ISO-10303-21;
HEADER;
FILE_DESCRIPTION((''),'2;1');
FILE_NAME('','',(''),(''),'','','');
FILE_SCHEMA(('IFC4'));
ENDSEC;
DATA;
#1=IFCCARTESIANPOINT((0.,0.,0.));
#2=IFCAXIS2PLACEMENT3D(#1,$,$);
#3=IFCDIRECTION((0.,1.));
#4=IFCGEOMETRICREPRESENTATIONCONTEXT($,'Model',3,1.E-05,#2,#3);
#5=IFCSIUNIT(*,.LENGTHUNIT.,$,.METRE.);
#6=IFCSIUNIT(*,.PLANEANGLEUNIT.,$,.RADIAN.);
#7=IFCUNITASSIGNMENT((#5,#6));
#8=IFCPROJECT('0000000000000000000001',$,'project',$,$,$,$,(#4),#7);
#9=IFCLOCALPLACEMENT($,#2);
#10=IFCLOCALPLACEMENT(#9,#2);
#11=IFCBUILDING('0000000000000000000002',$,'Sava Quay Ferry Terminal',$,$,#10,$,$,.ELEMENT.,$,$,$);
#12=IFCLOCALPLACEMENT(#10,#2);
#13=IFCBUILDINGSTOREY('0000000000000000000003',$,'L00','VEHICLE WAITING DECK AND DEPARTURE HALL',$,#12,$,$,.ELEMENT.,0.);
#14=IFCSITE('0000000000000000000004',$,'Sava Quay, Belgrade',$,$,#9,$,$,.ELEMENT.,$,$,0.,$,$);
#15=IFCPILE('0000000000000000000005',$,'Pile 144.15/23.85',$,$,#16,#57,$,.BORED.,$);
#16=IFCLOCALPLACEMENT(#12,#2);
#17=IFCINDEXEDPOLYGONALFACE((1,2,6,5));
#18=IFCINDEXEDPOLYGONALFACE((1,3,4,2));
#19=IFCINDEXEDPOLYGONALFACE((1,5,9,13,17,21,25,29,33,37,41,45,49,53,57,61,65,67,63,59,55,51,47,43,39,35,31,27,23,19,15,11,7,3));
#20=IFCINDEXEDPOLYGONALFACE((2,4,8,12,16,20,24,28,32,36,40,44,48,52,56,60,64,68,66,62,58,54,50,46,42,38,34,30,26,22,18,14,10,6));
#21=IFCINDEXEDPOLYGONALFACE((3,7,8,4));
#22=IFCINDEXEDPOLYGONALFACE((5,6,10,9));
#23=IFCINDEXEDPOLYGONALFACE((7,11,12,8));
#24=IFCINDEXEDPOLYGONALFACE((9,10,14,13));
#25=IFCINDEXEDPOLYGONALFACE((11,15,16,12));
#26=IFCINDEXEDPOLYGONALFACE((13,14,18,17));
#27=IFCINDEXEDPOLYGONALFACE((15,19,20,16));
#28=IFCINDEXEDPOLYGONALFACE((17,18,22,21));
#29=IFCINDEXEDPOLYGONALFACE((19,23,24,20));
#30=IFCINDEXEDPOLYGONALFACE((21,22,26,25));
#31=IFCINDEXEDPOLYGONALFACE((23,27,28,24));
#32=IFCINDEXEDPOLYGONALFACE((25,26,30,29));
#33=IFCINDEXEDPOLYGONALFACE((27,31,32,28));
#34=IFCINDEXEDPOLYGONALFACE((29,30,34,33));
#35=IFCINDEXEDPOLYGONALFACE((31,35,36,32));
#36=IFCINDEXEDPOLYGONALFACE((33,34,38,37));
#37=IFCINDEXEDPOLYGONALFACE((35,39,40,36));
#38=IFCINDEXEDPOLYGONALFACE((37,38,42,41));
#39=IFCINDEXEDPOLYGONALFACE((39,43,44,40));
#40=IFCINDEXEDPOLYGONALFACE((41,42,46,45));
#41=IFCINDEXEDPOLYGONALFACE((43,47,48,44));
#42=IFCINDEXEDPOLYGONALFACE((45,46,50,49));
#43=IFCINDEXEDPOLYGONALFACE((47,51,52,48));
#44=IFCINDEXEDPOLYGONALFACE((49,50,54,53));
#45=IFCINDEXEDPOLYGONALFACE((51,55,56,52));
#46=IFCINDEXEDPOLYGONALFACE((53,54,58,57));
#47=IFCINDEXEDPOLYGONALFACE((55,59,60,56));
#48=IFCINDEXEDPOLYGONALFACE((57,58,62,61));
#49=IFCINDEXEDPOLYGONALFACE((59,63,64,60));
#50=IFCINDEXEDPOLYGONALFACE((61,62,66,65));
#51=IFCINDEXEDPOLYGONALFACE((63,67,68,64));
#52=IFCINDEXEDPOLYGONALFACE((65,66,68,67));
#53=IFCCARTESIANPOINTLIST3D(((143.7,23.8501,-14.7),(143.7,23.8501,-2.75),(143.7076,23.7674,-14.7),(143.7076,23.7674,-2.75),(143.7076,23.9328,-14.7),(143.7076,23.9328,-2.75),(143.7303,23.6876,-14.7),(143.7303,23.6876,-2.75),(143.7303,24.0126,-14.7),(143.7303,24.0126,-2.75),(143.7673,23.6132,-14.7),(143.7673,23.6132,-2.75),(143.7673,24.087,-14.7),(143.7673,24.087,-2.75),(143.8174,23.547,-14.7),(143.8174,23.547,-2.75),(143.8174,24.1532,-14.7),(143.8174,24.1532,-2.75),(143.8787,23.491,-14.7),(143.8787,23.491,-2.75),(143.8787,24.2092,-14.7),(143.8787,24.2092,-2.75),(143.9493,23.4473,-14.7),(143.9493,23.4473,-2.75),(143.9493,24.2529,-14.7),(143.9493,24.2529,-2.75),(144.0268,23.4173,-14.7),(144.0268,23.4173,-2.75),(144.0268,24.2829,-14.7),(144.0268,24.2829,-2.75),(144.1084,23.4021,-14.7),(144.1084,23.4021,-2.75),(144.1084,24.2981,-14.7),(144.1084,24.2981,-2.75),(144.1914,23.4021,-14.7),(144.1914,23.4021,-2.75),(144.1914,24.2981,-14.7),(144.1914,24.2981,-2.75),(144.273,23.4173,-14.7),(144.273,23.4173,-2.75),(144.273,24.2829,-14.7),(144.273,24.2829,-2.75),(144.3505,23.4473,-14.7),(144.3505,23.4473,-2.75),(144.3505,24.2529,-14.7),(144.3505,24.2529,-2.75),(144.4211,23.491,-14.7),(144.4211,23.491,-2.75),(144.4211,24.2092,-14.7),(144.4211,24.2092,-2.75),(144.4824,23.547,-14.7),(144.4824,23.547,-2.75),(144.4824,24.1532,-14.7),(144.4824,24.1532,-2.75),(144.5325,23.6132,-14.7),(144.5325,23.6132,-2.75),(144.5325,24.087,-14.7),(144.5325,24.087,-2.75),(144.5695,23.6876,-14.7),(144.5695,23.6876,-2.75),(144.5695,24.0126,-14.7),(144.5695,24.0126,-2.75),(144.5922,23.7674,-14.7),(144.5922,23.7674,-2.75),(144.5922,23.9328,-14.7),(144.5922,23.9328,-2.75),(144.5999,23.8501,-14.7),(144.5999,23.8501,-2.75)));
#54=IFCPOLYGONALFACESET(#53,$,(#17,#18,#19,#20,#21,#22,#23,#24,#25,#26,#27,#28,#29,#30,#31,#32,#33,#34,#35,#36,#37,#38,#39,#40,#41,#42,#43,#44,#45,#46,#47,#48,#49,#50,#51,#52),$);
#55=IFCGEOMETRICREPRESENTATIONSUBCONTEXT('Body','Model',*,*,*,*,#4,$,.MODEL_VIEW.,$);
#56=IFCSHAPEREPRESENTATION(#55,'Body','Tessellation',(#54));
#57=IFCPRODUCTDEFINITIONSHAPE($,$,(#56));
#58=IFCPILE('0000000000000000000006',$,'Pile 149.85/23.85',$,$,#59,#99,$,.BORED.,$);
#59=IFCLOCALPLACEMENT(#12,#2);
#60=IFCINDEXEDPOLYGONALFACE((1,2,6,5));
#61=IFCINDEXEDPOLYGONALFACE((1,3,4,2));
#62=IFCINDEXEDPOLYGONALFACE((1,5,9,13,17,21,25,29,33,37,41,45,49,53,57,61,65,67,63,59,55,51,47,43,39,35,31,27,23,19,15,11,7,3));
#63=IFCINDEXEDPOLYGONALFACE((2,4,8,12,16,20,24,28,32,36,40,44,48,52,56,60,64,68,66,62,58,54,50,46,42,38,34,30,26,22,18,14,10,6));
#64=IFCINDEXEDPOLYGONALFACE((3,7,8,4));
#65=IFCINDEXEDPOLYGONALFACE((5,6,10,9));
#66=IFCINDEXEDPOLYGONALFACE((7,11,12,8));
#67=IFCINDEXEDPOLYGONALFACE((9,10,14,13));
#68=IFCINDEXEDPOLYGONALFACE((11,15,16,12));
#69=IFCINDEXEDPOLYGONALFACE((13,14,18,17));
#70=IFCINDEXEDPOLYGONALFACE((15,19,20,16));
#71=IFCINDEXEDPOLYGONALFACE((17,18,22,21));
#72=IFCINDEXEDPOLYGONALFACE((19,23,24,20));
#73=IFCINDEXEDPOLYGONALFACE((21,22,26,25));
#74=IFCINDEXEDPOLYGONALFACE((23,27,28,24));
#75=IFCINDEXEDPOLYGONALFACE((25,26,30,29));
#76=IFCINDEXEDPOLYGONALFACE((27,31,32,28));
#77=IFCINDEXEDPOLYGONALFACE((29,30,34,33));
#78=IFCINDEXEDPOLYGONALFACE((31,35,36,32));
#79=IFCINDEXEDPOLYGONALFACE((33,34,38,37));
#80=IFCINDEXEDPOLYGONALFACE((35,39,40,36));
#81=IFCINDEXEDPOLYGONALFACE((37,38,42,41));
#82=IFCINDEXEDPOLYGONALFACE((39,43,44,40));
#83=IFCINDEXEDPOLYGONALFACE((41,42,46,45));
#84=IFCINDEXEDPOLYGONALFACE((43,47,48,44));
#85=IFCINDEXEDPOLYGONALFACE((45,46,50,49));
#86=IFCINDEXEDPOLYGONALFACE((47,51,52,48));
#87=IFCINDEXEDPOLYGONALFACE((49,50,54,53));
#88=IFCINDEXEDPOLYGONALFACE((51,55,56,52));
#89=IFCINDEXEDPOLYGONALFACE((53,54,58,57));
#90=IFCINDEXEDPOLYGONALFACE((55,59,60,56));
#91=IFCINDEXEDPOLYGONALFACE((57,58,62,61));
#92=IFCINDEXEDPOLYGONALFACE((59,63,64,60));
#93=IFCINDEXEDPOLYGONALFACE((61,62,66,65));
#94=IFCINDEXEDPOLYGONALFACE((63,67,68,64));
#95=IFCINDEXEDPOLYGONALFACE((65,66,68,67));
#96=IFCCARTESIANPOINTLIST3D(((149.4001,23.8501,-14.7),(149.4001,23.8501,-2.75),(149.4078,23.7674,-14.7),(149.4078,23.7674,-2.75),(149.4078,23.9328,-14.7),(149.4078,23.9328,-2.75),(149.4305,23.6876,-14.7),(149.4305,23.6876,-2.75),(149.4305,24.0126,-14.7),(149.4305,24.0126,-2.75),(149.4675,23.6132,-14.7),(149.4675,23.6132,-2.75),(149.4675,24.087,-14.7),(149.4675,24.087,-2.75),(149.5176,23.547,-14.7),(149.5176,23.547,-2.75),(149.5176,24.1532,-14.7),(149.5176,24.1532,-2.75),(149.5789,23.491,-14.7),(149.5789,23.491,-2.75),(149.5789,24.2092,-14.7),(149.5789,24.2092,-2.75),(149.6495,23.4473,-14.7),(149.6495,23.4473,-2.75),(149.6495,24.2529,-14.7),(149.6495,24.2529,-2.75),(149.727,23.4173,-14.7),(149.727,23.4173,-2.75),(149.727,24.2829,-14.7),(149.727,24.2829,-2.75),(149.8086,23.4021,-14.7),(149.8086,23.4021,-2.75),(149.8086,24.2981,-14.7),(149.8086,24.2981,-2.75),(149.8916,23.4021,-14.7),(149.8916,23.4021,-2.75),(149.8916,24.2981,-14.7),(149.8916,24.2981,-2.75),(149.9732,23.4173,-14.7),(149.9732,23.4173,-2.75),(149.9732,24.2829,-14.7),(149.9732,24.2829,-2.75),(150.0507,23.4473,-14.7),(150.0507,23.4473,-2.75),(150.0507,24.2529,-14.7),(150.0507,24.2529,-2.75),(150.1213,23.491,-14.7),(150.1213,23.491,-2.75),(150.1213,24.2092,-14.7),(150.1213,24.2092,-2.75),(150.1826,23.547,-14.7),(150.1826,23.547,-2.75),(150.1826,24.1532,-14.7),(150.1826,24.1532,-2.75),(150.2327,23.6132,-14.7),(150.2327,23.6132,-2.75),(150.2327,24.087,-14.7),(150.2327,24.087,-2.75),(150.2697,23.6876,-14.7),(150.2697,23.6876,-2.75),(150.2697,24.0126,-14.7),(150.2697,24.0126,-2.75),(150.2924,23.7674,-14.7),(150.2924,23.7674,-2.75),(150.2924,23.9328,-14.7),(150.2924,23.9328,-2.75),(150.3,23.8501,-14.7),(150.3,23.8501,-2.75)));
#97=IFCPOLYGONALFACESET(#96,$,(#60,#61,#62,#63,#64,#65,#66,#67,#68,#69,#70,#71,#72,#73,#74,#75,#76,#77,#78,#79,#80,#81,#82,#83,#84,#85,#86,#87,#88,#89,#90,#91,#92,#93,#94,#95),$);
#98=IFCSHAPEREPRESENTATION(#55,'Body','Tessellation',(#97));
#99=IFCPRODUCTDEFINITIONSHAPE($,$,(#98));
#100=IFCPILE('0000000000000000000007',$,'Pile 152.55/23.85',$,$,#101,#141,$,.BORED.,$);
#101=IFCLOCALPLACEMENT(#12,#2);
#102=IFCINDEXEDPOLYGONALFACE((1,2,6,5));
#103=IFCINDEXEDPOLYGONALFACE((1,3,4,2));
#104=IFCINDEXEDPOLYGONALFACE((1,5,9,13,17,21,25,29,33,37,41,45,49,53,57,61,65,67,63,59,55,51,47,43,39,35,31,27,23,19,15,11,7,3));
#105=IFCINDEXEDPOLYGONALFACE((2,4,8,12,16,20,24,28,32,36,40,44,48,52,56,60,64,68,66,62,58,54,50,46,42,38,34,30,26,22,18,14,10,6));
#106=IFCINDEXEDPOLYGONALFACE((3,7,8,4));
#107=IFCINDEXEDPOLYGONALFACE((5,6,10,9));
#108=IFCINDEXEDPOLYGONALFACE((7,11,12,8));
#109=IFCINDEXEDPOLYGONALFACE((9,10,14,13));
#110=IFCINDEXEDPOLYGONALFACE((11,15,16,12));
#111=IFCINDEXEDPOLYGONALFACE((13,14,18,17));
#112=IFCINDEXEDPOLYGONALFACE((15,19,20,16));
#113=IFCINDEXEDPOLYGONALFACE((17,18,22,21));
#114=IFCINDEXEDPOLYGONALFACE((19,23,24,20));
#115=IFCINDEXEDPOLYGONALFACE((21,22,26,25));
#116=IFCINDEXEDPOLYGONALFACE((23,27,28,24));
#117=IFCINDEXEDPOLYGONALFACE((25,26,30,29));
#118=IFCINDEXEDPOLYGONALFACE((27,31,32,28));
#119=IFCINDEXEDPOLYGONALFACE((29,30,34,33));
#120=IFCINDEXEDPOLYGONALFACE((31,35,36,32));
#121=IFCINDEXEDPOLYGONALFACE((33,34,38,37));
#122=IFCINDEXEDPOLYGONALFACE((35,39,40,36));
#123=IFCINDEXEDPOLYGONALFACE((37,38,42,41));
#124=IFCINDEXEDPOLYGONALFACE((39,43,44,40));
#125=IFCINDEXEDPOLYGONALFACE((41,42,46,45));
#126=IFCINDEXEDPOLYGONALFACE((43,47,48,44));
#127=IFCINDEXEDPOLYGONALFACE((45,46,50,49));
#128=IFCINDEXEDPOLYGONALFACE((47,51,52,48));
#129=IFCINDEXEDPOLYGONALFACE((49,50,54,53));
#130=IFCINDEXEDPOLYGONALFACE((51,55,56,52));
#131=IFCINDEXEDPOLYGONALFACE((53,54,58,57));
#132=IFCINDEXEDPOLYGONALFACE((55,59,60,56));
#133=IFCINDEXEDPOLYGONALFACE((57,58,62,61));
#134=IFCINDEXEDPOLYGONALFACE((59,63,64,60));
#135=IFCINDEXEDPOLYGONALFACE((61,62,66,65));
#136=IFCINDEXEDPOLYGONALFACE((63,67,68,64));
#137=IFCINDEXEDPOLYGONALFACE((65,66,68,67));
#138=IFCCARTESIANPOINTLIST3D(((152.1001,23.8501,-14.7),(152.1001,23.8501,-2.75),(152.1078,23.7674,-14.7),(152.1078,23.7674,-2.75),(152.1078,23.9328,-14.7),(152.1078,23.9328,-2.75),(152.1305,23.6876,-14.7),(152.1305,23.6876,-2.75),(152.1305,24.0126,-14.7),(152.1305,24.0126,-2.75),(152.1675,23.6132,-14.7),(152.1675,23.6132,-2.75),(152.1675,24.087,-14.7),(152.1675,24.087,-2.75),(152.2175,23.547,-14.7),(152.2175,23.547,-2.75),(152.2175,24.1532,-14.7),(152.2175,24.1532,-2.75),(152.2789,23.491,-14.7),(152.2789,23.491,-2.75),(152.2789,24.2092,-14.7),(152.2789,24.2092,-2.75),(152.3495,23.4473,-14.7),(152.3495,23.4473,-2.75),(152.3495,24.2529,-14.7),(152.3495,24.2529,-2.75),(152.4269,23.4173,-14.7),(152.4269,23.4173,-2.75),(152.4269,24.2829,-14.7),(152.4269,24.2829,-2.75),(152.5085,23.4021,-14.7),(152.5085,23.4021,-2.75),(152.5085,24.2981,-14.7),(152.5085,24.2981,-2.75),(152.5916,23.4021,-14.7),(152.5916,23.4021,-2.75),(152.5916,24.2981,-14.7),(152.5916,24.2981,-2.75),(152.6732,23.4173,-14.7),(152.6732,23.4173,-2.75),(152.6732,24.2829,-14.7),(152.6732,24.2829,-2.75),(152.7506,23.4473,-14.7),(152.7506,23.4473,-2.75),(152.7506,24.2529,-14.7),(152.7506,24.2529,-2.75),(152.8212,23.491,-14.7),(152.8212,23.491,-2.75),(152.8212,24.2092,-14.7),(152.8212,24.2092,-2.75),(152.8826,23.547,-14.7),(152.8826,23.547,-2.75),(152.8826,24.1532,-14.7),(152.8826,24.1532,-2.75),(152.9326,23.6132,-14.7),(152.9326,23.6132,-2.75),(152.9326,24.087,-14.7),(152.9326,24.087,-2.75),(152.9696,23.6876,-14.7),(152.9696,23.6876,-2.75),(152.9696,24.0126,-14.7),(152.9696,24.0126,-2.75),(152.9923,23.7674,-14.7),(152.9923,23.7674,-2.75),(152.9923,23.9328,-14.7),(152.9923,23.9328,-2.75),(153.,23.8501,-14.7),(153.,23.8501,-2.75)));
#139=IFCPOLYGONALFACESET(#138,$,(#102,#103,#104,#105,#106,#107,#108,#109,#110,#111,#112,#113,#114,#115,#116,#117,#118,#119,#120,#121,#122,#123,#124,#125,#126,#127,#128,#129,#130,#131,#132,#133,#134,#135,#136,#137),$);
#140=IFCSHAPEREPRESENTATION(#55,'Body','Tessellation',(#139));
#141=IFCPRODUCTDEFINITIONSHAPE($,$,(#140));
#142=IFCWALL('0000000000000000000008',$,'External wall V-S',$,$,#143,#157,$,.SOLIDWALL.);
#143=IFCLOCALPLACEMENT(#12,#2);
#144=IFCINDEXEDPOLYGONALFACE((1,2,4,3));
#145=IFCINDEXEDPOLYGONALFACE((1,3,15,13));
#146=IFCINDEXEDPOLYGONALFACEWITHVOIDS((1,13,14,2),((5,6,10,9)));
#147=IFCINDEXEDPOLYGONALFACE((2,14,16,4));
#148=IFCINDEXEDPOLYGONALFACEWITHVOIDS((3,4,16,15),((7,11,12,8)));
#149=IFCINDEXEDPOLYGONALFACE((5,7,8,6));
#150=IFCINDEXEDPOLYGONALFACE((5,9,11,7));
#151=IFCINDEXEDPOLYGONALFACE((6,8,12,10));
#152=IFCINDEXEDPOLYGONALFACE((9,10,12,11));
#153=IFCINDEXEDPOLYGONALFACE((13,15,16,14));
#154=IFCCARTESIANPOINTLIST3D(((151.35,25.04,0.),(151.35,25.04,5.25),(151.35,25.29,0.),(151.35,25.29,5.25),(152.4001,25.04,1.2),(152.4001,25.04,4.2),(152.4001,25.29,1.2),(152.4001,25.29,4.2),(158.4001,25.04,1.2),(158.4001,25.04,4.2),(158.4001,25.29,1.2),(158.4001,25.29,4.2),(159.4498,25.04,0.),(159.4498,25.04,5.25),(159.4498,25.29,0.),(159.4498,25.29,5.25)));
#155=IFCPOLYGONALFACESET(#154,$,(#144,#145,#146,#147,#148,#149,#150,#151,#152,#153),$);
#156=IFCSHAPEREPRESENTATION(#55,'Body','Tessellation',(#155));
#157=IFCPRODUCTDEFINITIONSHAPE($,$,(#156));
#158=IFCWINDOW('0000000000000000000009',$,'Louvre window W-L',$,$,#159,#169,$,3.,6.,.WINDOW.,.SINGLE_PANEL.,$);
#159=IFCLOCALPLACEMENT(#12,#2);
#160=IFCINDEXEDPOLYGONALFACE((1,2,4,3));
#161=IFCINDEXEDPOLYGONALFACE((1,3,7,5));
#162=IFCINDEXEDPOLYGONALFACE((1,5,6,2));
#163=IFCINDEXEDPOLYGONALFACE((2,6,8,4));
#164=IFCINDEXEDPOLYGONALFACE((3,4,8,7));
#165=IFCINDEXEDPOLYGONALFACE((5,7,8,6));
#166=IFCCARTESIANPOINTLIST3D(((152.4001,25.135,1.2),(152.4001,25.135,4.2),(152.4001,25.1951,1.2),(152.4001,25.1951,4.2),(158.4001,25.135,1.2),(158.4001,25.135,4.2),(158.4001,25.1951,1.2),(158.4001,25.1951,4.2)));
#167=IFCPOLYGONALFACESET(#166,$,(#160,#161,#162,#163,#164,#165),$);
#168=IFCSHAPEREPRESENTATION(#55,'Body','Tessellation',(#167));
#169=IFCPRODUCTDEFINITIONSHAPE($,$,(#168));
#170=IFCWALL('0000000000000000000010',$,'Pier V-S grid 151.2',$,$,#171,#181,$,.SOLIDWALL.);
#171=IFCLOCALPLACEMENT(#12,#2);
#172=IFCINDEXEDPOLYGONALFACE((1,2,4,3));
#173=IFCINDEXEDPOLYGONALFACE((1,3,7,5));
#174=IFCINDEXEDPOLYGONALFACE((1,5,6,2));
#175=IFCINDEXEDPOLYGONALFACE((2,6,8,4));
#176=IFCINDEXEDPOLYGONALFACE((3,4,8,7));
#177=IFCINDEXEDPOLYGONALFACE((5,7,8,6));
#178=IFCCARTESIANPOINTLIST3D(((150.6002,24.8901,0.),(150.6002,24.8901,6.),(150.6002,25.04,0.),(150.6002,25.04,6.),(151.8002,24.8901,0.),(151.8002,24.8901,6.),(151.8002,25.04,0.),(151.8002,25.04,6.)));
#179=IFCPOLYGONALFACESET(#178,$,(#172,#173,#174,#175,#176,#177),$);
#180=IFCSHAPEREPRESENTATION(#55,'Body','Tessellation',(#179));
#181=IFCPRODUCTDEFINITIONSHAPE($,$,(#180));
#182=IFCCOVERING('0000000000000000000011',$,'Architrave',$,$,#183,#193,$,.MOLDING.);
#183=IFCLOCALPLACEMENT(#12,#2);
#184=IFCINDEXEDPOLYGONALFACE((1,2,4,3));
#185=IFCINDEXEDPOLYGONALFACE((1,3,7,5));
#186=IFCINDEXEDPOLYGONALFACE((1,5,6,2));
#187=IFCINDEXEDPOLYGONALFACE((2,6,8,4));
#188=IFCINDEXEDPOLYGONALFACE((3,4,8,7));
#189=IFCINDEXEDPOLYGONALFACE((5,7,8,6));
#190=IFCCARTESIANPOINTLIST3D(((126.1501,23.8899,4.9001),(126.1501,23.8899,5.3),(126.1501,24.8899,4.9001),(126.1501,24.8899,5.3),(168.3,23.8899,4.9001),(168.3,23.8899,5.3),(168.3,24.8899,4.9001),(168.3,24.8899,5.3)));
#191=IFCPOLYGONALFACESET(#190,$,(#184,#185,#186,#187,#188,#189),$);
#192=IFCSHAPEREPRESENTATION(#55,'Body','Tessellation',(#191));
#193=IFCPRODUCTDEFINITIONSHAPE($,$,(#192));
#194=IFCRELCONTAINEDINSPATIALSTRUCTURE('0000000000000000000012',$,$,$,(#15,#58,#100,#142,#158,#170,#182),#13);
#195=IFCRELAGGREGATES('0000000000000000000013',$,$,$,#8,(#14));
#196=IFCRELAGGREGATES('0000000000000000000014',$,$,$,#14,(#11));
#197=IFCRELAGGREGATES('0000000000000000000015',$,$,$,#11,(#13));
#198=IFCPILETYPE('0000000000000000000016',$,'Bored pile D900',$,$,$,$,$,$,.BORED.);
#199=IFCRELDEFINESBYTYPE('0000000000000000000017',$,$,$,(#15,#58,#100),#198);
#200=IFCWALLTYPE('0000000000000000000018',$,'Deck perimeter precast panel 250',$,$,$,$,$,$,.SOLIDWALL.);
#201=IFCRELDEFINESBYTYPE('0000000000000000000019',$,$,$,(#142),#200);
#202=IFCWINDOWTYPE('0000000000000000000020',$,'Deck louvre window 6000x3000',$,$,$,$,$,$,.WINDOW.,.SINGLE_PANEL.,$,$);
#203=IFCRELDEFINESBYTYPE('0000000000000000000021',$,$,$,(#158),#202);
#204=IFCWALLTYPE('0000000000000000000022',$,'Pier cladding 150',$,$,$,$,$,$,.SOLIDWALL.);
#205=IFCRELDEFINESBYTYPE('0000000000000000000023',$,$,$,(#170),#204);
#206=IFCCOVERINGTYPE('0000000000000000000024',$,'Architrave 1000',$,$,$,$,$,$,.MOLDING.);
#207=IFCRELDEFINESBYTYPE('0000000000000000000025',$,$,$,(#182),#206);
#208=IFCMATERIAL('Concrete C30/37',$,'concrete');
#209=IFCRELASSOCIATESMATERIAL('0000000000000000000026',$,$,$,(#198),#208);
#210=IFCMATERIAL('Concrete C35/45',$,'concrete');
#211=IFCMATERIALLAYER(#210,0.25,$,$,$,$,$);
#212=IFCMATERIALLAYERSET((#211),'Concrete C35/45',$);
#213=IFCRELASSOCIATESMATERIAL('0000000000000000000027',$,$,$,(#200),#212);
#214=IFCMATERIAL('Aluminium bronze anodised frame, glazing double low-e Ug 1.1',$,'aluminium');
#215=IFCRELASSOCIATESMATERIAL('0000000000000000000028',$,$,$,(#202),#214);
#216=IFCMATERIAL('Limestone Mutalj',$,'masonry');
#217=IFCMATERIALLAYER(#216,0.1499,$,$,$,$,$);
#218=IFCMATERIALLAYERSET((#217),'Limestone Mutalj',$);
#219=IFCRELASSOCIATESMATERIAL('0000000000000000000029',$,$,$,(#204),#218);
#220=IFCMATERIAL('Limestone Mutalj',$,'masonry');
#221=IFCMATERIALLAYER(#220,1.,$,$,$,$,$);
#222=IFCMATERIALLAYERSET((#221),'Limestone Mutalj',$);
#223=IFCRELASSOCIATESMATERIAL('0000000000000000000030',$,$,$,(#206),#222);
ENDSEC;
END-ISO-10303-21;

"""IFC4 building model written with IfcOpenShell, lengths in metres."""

from ifc_helpers import new_model, si_unit, direction, frame, frame_2d, origin, origin_2d, place, context, subcontext, project, spatial, rectangle, circle, extrude, material, layer, layer_set, material_profile, profile_set, type_object, element, fill, save


model = new_model("IFC4")

# Units and contexts
model_context = context("Model", 3, precision=1e-05, world=origin(), true_north=direction((0.0, 1.0)))
body_context = subcontext(model_context, "Body", "Model", "MODEL_VIEW")
ifc_project = project(units=[si_unit("LENGTHUNIT", "METRE"), si_unit("PLANEANGLEUNIT", "RADIAN")], contexts=[model_context])

# Site, building, storey
site_placement = place(None, origin())
site = spatial("IfcSite", under=ifc_project, at=site_placement, Name="Sava Quay, Belgrade", CompositionType="ELEMENT", RefElevation=0.0)
building_placement = place(site_placement, origin())
building = spatial("IfcBuilding", under=site, at=building_placement, Name="Sava Quay Ferry Terminal", CompositionType="ELEMENT")
storey_placement = place(building_placement, origin())
storey = spatial("IfcBuildingStorey", under=building, at=storey_placement, Name="L00", Description="VEHICLE WAITING DECK AND DEPARTURE HALL", CompositionType="ELEMENT", Elevation=0.0)

# Piles
ifc_material_1 = material(Name="Concrete C30/37", Category="concrete")
ifc_material_profile = material_profile(ifc_material_1, circle(Radius=0.45, at=origin_2d()), Name="Bored pile D900")
ifc_profile_set = profile_set([ifc_material_profile], Name="Concrete C30/37")
pile_type = type_object("IfcPileType", Name="Bored pile D900", PredefinedType="BORED", material=ifc_profile_set)
for number, where, z_axis, x_axis, name in (
    (1, (144.1499, 23.8501, -2.75), (0.0, 0.0, -1.0), (1.0, 0.0, 0.0), "Pile 144.15/23.85"),
    (2, (149.8501, 23.8501, -2.75), (0.0, 0.0, -1.0), (1.0, 0.0, 0.0), "Pile 149.85/23.85"),
    (3, (152.55, 23.8501, -2.75), (0.0, 0.0, -1.0), (1.0, 0.0, 0.0), "Pile 152.55/23.85"),
):
    element("IfcPile", number, at=place(storey_placement, frame(where, z_axis=z_axis, x_axis=x_axis)), inside=storey, type_object=pile_type, Name=name, PredefinedType="BORED", context=body_context, shape_type="SweptSolid", body=[
        extrude(circle(Radius=0.45, at=origin_2d()), origin(), (0.0, 0.0, 1.0), 11.95),
    ])

# Wall, opening, window
ifc_material_2 = material(Name="Concrete C35/45", Category="concrete")
ifc_layer_1 = layer(ifc_material_2, 0.25)
ifc_layer_set_1 = layer_set([ifc_layer_1], Name="Concrete C35/45")
wall_type_1 = type_object("IfcWallType", Name="Deck perimeter precast panel 250", PredefinedType="SOLIDWALL", material=ifc_layer_set_1)
wall_1_placement = place(storey_placement, frame((151.3501, 25.165, 0.0), z_axis=(0.0, 0.0, 1.0), x_axis=(1.0, 0.0, 0.0)))
wall_1 = element("IfcWall", 4, at=wall_1_placement, inside=storey, type_object=wall_type_1, Name="External wall V-S", PredefinedType="SOLIDWALL", context=body_context, shape_type="SweptSolid", body=[
    extrude(rectangle(XDim=8.0999, YDim=0.25, at=frame_2d((4.0498, 0.0))), origin(), (0.0, 0.0, 1.0), 5.25),
])
opening_placement = place(wall_1_placement, frame((1.05, 0.0, 1.2)))
opening = element("IfcOpeningElement", 5, at=opening_placement, cuts=wall_1, PredefinedType="OPENING", context=body_context, shape_type="SweptSolid", body=[
    extrude(rectangle(XDim=6.0, YDim=3.0, at=frame_2d((3.0, 1.5))), frame((0.0, 0.125, 0.0), z_axis=(0.0, -1.0, 0.0), x_axis=(1.0, 0.0, 0.0)), (0.0, 0.0, 1.0), 0.25),
])
ifc_material_3 = material(Name="Aluminium bronze anodised frame, glazing double low-e Ug 1.1", Category="aluminium")
window_type = type_object("IfcWindowType", Name="Deck louvre window 6000x3000", PartitioningType="SINGLE_PANEL", PredefinedType="WINDOW", material=ifc_material_3)
window_placement = place(opening_placement, origin())
window = element("IfcWindow", 6, at=window_placement, inside=storey, type_object=window_type, Name="Louvre window W-L", OverallHeight=3.0, OverallWidth=6.0, PartitioningType="SINGLE_PANEL", PredefinedType="WINDOW", context=body_context, shape_type="SweptSolid", body=[
    extrude(rectangle(XDim=6.0, YDim=3.0, at=frame_2d((3.0, 1.5))), frame((0.0, 0.03, 0.0), z_axis=(0.0, -1.0, 0.0), x_axis=(1.0, 0.0, 0.0)), (0.0, 0.0, 1.0), 0.0601),
])
fill(opening, window)

# Wall
ifc_material_4 = material(Name="Limestone Mutalj", Category="masonry")
ifc_layer_2 = layer(ifc_material_4, 0.1499)
ifc_layer_set_2 = layer_set([ifc_layer_2], Name="Limestone Mutalj")
wall_type_2 = type_object("IfcWallType", Name="Pier cladding 150", PredefinedType="SOLIDWALL", material=ifc_layer_set_2)
wall_2_placement = place(storey_placement, frame((150.6001, 24.9651, 0.0), z_axis=(0.0, 0.0, 1.0), x_axis=(1.0, 0.0, 0.0)))
element("IfcWall", 7, at=wall_2_placement, inside=storey, type_object=wall_type_2, Name="Pier V-S grid 151.2", PredefinedType="SOLIDWALL", context=body_context, shape_type="SweptSolid", body=[
    extrude(rectangle(XDim=1.2, YDim=0.1499, at=frame_2d((0.6001, 0.0))), origin(), (0.0, 0.0, 1.0), 6.0),
])

# Covering
ifc_material_5 = material(Name="Limestone Mutalj", Category="masonry")
ifc_layer_3 = layer(ifc_material_5, 1.0)
ifc_layer_set_3 = layer_set([ifc_layer_3], Name="Limestone Mutalj")
covering_type_1 = type_object("IfcCoveringType", Name="Architrave 1000", PredefinedType="MOLDING", material=ifc_layer_set_3)
covering_1_placement = place(storey_placement, frame((147.2251, 24.3899, 4.9001), z_axis=(0.0, 0.0, 1.0), x_axis=(1.0, 0.0, 0.0)))
element("IfcCovering", 8, at=covering_1_placement, inside=storey, type_object=covering_type_1, Name="Architrave", PredefinedType="MOLDING", context=body_context, shape_type="SweptSolid", body=[
    extrude(rectangle(XDim=42.1499, YDim=1.0, at=origin_2d()), origin(), (0.0, 0.0, 1.0), 0.3999),
])

save(model, "model.ifc")
